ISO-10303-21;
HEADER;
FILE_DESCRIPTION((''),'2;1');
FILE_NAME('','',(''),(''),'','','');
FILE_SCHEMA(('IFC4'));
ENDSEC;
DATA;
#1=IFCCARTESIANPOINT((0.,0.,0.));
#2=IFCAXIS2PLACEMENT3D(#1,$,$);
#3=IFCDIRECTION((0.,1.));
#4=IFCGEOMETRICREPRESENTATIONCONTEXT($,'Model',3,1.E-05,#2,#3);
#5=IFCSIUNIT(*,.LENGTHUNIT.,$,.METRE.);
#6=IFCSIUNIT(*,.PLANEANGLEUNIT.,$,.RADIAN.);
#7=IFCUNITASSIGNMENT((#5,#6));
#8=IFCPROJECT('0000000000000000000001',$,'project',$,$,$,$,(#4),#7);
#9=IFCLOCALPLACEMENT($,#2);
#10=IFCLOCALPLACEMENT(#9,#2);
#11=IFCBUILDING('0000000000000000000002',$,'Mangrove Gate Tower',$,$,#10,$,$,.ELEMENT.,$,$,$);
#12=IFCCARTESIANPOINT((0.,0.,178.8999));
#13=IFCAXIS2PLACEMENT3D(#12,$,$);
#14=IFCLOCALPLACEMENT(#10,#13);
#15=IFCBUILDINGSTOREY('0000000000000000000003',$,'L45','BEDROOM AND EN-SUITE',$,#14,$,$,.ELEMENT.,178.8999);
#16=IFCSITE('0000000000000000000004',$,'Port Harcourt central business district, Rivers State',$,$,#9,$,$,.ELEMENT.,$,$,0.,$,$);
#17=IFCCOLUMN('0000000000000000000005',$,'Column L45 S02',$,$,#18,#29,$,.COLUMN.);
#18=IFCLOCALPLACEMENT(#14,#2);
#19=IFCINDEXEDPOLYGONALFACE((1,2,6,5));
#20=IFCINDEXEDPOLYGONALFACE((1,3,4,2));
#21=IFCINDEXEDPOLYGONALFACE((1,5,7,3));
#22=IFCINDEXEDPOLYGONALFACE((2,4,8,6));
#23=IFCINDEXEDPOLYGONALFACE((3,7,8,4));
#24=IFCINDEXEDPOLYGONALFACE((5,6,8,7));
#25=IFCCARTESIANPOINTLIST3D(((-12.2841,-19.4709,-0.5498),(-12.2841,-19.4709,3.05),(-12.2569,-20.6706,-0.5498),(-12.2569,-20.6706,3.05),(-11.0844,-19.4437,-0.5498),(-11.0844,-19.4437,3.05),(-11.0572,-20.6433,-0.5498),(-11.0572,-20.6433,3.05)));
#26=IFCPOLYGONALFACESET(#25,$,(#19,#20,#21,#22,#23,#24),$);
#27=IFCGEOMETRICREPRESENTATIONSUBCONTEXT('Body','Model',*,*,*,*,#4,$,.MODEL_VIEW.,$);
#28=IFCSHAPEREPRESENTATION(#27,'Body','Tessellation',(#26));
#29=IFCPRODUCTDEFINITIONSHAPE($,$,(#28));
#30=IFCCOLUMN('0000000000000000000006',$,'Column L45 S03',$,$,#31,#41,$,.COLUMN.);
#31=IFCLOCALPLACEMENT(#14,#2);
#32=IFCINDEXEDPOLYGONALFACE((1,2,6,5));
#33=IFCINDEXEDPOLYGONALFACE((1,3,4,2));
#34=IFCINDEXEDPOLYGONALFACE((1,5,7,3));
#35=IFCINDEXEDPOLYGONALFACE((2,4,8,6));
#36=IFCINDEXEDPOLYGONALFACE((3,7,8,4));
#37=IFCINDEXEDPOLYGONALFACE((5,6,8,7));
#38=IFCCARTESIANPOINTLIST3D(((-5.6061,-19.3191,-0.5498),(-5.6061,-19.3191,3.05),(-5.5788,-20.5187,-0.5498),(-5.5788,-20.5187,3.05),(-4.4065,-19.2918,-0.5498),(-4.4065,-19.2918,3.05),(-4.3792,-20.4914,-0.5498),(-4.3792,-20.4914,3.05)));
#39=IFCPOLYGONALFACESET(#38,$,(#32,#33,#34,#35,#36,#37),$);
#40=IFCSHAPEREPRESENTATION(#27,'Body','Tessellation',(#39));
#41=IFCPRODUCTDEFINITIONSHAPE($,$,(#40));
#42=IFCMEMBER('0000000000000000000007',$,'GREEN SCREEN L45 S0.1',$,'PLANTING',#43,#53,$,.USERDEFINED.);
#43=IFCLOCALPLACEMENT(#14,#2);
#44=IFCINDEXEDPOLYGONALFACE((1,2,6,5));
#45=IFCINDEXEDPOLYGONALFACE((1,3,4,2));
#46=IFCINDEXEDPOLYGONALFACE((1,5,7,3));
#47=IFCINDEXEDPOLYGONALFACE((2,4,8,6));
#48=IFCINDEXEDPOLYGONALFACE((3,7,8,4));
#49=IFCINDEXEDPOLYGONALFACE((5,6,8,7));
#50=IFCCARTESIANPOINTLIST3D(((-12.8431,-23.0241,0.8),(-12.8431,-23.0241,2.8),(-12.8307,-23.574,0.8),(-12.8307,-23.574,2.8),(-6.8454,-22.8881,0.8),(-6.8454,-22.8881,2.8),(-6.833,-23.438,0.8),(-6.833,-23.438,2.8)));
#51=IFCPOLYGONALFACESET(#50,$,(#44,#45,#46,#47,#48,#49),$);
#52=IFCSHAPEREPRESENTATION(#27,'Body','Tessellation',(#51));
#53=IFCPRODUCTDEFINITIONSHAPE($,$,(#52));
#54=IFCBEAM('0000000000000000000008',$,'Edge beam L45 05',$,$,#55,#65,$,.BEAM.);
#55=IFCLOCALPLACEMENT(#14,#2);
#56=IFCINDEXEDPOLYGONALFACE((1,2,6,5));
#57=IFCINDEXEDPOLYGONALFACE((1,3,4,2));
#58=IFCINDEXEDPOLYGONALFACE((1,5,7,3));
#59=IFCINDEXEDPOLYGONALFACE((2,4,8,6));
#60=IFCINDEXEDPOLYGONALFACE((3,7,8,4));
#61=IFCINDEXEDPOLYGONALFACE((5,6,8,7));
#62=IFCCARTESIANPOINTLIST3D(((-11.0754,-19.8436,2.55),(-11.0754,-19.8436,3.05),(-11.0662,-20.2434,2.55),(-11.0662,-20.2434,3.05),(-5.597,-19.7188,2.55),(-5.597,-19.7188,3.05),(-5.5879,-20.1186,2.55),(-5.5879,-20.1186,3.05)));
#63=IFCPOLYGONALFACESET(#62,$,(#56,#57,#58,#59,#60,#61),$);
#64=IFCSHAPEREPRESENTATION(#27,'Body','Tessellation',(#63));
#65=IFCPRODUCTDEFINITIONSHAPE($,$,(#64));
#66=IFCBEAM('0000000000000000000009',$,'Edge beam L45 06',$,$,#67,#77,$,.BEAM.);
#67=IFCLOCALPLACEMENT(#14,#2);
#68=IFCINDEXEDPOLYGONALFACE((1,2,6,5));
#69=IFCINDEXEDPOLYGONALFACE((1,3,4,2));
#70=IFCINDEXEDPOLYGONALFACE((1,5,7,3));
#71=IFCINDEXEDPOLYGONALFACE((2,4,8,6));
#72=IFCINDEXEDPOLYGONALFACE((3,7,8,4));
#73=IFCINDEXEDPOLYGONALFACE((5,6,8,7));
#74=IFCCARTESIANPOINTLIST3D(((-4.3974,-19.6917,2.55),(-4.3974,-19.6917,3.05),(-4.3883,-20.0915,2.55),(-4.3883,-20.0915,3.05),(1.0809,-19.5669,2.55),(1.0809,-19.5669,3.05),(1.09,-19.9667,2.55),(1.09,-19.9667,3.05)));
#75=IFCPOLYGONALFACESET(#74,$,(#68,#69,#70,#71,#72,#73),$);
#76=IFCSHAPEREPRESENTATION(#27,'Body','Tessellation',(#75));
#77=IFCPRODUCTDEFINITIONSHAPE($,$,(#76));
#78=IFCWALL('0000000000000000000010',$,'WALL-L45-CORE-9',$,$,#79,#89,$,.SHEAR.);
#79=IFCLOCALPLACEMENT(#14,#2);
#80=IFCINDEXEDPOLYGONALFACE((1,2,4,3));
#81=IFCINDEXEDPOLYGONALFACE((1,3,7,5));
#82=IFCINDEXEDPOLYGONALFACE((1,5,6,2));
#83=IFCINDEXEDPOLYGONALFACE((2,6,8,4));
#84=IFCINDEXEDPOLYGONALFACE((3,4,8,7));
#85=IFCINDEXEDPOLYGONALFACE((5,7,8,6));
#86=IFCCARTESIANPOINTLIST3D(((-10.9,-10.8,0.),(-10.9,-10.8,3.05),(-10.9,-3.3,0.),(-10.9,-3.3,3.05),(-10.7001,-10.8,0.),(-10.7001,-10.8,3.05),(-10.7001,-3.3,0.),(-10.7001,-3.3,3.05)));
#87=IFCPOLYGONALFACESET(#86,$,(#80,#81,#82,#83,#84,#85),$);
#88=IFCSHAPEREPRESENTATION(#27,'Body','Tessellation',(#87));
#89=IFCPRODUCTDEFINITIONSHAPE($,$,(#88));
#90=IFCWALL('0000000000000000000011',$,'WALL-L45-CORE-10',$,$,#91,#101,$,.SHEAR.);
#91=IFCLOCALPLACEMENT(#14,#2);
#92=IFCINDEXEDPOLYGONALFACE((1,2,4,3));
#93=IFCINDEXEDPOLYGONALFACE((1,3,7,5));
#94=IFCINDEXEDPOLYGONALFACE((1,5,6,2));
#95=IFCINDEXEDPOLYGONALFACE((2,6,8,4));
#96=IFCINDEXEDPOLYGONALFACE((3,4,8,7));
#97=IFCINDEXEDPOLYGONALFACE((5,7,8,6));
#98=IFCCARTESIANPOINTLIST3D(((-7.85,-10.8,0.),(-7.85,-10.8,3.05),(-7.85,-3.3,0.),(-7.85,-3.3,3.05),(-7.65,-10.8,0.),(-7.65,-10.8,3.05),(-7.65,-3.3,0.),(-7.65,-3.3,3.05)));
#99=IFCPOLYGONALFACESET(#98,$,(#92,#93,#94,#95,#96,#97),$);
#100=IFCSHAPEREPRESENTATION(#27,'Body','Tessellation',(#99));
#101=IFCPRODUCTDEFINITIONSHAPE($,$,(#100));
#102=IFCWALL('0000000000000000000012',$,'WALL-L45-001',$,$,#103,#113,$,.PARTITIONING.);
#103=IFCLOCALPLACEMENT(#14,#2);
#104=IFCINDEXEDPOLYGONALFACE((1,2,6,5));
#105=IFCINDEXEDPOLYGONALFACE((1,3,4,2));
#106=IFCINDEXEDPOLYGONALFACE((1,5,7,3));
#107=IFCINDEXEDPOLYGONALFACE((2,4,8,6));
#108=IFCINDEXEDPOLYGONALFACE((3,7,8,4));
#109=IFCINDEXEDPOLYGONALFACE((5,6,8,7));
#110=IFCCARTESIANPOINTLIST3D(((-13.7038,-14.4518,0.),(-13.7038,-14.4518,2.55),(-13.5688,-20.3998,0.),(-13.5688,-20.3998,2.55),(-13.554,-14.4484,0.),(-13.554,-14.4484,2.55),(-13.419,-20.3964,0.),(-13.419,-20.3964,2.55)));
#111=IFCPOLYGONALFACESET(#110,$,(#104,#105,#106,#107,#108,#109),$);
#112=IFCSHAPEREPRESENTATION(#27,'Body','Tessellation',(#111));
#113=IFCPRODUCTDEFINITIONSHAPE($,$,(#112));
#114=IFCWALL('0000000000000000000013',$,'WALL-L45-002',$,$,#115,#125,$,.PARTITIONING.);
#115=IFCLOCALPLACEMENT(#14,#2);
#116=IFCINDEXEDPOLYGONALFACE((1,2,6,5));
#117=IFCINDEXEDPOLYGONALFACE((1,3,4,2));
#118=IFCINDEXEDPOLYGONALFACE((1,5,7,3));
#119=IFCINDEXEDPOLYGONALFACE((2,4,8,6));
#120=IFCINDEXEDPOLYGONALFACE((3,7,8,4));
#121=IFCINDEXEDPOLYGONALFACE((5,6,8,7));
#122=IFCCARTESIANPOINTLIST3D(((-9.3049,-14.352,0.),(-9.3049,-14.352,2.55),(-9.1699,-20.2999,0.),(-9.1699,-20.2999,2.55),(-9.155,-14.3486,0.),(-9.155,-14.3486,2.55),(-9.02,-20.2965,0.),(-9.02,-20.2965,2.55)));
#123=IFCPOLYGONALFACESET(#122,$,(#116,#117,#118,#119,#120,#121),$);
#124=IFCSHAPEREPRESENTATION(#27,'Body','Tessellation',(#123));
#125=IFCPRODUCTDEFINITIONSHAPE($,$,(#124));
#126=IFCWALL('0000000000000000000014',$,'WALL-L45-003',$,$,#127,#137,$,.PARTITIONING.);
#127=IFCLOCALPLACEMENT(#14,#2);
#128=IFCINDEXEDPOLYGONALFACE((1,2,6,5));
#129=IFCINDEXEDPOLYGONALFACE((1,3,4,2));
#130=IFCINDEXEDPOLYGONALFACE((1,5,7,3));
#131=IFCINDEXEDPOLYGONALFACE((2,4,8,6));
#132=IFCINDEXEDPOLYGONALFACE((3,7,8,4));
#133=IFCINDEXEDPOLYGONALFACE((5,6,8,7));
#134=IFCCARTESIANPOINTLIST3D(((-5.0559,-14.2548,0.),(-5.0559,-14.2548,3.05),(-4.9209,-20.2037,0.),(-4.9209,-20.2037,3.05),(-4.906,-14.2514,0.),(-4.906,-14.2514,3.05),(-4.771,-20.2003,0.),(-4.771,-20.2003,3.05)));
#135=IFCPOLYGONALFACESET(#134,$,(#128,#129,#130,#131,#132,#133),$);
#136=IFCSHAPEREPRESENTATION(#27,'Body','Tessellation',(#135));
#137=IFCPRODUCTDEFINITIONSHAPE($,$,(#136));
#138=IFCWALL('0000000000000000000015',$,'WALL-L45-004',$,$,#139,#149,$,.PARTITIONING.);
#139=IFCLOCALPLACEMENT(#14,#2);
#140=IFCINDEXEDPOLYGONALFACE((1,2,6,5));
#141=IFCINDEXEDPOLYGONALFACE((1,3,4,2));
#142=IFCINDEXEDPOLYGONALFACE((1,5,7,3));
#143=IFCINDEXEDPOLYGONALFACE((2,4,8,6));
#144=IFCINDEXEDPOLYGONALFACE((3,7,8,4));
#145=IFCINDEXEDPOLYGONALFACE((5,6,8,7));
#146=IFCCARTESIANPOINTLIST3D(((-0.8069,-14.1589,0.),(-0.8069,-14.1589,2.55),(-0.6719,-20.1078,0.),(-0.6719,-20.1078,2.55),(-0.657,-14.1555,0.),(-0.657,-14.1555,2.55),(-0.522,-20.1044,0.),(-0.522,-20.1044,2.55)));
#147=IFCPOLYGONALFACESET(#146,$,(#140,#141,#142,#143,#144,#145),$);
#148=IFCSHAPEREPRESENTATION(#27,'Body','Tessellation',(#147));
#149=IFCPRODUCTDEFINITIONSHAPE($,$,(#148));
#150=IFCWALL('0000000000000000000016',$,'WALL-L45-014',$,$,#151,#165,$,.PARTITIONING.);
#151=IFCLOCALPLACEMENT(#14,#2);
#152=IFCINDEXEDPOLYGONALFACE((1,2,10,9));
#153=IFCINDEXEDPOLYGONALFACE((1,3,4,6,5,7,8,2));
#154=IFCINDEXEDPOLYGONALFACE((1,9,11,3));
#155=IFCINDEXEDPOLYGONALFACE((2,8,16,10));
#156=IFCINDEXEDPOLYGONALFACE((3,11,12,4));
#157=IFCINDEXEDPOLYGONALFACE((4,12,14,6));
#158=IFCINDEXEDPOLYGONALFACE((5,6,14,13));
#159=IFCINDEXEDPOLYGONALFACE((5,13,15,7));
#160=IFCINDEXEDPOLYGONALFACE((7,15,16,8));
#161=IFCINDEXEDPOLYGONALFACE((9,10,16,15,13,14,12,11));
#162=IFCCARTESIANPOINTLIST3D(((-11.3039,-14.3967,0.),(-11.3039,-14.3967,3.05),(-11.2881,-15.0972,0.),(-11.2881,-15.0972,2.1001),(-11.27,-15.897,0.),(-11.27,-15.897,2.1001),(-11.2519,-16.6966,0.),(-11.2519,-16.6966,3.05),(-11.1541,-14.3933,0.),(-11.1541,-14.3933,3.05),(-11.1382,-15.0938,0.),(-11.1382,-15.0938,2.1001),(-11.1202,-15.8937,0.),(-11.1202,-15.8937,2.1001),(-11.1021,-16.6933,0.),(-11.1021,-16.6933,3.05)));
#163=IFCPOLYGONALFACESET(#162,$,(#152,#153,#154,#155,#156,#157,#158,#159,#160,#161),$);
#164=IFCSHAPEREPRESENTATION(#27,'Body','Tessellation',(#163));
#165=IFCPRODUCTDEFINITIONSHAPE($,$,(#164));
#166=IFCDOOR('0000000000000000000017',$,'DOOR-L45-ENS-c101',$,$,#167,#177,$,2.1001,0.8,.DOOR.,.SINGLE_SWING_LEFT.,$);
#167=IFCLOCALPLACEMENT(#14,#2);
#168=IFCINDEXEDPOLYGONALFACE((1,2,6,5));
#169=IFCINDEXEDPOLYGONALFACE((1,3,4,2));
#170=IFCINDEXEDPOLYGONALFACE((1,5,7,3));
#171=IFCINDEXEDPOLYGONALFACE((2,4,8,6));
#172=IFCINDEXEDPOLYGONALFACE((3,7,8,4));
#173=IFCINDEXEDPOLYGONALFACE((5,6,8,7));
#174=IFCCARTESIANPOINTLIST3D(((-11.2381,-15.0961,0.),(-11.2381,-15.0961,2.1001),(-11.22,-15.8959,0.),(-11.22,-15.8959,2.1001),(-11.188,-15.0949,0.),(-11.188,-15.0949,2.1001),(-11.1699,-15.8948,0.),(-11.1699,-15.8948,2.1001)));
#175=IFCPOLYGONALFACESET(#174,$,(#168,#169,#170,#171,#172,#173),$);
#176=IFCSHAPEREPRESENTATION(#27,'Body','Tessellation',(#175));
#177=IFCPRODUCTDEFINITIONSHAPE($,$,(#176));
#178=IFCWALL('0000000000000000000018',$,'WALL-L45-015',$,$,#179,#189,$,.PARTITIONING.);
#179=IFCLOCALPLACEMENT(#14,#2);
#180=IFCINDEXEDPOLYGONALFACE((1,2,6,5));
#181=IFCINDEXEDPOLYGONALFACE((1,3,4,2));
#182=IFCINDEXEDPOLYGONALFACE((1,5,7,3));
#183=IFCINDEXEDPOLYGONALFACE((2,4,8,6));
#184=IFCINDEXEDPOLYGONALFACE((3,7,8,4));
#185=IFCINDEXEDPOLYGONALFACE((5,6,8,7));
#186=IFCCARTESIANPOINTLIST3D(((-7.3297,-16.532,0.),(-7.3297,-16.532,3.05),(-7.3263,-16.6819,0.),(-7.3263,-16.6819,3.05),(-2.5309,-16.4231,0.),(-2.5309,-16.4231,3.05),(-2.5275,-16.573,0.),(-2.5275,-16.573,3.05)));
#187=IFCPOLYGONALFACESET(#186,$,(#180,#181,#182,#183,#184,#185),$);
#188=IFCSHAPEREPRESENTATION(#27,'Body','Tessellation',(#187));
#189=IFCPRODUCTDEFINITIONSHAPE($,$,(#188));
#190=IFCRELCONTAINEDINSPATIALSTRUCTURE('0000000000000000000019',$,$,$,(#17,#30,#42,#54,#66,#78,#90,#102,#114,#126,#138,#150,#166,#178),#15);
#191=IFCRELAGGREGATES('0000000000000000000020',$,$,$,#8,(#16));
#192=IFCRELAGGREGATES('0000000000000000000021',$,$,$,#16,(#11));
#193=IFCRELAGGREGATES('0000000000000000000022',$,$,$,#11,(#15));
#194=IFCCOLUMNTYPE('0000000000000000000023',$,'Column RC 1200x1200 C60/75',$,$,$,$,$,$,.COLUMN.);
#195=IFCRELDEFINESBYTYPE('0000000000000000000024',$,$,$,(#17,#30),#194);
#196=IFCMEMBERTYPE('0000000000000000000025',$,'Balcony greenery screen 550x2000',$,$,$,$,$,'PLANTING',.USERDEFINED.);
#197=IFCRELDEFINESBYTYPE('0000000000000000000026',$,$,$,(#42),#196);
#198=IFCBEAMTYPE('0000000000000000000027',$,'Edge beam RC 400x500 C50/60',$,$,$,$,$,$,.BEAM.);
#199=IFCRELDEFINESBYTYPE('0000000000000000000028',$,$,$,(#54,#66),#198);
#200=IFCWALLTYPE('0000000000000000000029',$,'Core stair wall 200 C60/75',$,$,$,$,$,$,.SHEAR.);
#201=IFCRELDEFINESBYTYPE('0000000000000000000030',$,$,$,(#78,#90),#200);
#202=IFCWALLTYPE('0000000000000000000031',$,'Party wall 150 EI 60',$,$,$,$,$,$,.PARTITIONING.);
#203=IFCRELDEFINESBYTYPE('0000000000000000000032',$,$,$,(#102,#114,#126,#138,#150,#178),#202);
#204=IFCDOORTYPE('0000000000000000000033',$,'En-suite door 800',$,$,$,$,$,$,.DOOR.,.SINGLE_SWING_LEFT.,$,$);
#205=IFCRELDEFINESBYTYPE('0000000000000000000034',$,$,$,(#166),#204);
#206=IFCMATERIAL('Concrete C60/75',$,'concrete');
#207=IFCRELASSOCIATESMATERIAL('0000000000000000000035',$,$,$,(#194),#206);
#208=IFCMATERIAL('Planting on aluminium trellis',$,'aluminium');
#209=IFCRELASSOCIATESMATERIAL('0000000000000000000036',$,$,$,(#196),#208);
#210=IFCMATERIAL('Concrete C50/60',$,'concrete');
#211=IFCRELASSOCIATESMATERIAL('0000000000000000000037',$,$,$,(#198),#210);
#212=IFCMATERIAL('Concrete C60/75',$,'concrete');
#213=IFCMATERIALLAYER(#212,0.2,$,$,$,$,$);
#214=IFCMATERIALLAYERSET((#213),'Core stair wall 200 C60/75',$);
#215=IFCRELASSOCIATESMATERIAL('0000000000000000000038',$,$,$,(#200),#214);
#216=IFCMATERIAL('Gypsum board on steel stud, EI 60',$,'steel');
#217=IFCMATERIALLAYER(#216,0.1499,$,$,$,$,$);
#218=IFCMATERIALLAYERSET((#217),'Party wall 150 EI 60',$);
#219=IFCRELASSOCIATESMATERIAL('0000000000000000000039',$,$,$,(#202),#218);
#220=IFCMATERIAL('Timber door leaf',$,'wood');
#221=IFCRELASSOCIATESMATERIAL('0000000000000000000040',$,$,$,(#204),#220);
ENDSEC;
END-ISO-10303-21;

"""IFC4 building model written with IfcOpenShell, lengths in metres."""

from ifc_helpers import new_model, si_unit, direction, frame, frame_2d, origin, origin_2d, place, context, subcontext, project, spatial, rectangle, extrude, material, layer, layer_set, material_profile, profile_set, type_object, element, fill, save


model = new_model("IFC4")

# Units and contexts
model_context = context("Model", 3, precision=1e-05, world=origin(), true_north=direction((0.0, 1.0)))
body_context = subcontext(model_context, "Body", "Model", "MODEL_VIEW")
ifc_project = project(units=[si_unit("LENGTHUNIT", "METRE"), si_unit("PLANEANGLEUNIT", "RADIAN")], contexts=[model_context])

# Site, building, storey
site_placement = place(None, origin())
site = spatial("IfcSite", under=ifc_project, at=site_placement, Name="Port Harcourt central business district, Rivers State", CompositionType="ELEMENT", RefElevation=0.0)
building_placement = place(site_placement, origin())
building = spatial("IfcBuilding", under=site, at=building_placement, Name="Mangrove Gate Tower", CompositionType="ELEMENT")
storey_placement = place(building_placement, frame((0.0, 0.0, 178.8999)))
storey = spatial("IfcBuildingStorey", under=building, at=storey_placement, Name="L45", Description="BEDROOM AND EN-SUITE", CompositionType="ELEMENT", Elevation=178.8999)

# Columns
ifc_material_1 = material(Name="Concrete C60/75", Category="concrete")
ifc_material_profile_1 = material_profile(ifc_material_1, rectangle(XDim=1.2, YDim=1.2, at=origin_2d()))
ifc_profile_set_1 = profile_set([ifc_material_profile_1], Name="Concrete C60/75")
column_type = type_object("IfcColumnType", Name="Column RC 1200x1200 C60/75", PredefinedType="COLUMN", material=ifc_profile_set_1)
for number, where, z_axis, x_axis, name in (
    (1, (-11.6707, -20.0571, -0.5498), (0.0, 0.0, 1.0), (0.999743, 0.022679, 0.0), "Column L45 S02"),
    (2, (-4.9927, -19.9053, -0.5498), (0.0, 0.0, 1.0), (0.999741, 0.022755, 0.0), "Column L45 S03"),
):
    element("IfcColumn", number, at=place(storey_placement, frame(where, z_axis=z_axis, x_axis=x_axis)), inside=storey, type_object=column_type, Name=name, PredefinedType="COLUMN", context=body_context, shape_type="SweptSolid", body=[
        extrude(rectangle(XDim=1.2, YDim=1.2, at=origin_2d()), origin(), (0.0, 0.0, 1.0), 3.5999),
    ])

# Member
ifc_material_2 = material(Name="Planting on aluminium trellis", Category="aluminium")
ifc_material_profile_2 = material_profile(ifc_material_2, rectangle(XDim=0.55, YDim=2.0, at=origin_2d()))
ifc_profile_set_2 = profile_set([ifc_material_profile_2], Name="Planting on aluminium trellis")
member_type = type_object("IfcMemberType", Name="Balcony greenery screen 550x2000", ElementType="PLANTING", PredefinedType="USERDEFINED", material=ifc_profile_set_2)
member_placement = place(storey_placement, frame((-12.8369, -23.2991, 1.8), z_axis=(0.999743, 0.022667, 0.0), x_axis=(-0.022667, 0.999743, 0.0)))
element("IfcMember", 3, at=member_placement, inside=storey, type_object=member_type, Name="GREEN SCREEN L45 S0.1", ObjectType="PLANTING", PredefinedType="USERDEFINED", context=body_context, shape_type="SweptSolid", body=[
    extrude(rectangle(XDim=0.55, YDim=2.0, at=origin_2d()), origin(), (0.0, 0.0, 1.0), 5.9993),
])

# Beams
ifc_material_3 = material(Name="Concrete C50/60", Category="concrete")
ifc_material_profile_3 = material_profile(ifc_material_3, rectangle(XDim=0.3999, YDim=0.5, at=origin_2d()))
ifc_profile_set_3 = profile_set([ifc_material_profile_3], Name="Concrete C50/60")
beam_type = type_object("IfcBeamType", Name="Edge beam RC 400x500 C50/60", PredefinedType="BEAM", material=ifc_profile_set_3)
for number, where, z_axis, x_axis, name in (
    (4, (-11.0708, -20.0435, 2.8), (0.999741, 0.022767, 0.0), (-0.022767, 0.999741, 0.0), "Edge beam L45 05"),
    (5, (-4.3928, -19.8916, 2.8), (0.999741, 0.022767, 0.0), (-0.022767, 0.999741, 0.0), "Edge beam L45 06"),
):
    element("IfcBeam", number, at=place(storey_placement, frame(where, z_axis=z_axis, x_axis=x_axis)), inside=storey, type_object=beam_type, Name=name, PredefinedType="BEAM", context=body_context, shape_type="SweptSolid", body=[
        extrude(rectangle(XDim=0.3999, YDim=0.5, at=origin_2d()), origin(), (0.0, 0.0, 1.0), 5.4797),
    ])

# Walls
ifc_material_4 = material(Name="Concrete C60/75", Category="concrete")
ifc_layer_1 = layer(ifc_material_4, 0.2)
ifc_layer_set_1 = layer_set([ifc_layer_1], Name="Core stair wall 200 C60/75")
wall_type_1 = type_object("IfcWallType", Name="Core stair wall 200 C60/75", PredefinedType="SHEAR", material=ifc_layer_set_1)
for number, where, z_axis, x_axis, name in (
    (6, (-10.8, -10.8, 0.0), (0.0, 0.0, 1.0), (0.0, 1.0, 0.0), "WALL-L45-CORE-9"),
    (7, (-7.75, -10.8, 0.0), (0.0, 0.0, 1.0), (0.0, 1.0, 0.0), "WALL-L45-CORE-10"),
):
    element("IfcWall", number, at=place(storey_placement, frame(where, z_axis=z_axis, x_axis=x_axis)), inside=storey, type_object=wall_type_1, Name=name, PredefinedType="SHEAR", context=body_context, shape_type="SweptSolid", body=[
        extrude(rectangle(XDim=7.5, YDim=0.2, at=frame_2d((3.75, 0.0))), origin(), (0.0, 0.0, 1.0), 3.05),
    ])
ifc_material_5 = material(Name="Gypsum board on steel stud, EI 60", Category="steel")
ifc_layer_2 = layer(ifc_material_5, 0.1499)
ifc_layer_set_2 = layer_set([ifc_layer_2], Name="Party wall 150 EI 60")
wall_type_2 = type_object("IfcWallType", Name="Party wall 150 EI 60", PredefinedType="PARTITIONING", material=ifc_layer_set_2)
for number, where, z_axis, x_axis, name in (
    (8, (-13.4939, -20.3979, 0.0), (0.0, 0.0, 1.0), (-0.022693, 0.999742, 0.0), "WALL-L45-001"),
    (9, (-9.095, -20.2981, 0.0), (0.0, 0.0, 1.0), (-0.022693, 0.999742, 0.0), "WALL-L45-002"),
):
    element("IfcWall", number, at=place(storey_placement, frame(where, z_axis=z_axis, x_axis=x_axis)), inside=storey, type_object=wall_type_2, Name=name, PredefinedType="PARTITIONING", context=body_context, shape_type="SweptSolid", body=[
        extrude(rectangle(XDim=5.9495, YDim=0.1499, at=frame_2d((2.9746, 0.0))), origin(), (0.0, 0.0, 1.0), 2.55),
    ])
wall_1_placement = place(storey_placement, frame((-4.8459, -20.2019, 0.0), z_axis=(0.0, 0.0, 1.0), x_axis=(-0.022689, 0.999743, 0.0)))
element("IfcWall", 10, at=wall_1_placement, inside=storey, type_object=wall_type_2, Name="WALL-L45-003", PredefinedType="PARTITIONING", context=body_context, shape_type="SweptSolid", body=[
    extrude(rectangle(XDim=5.9504, YDim=0.1499, at=frame_2d((2.9751, 0.0))), origin(), (0.0, 0.0, 1.0), 3.05),
])
wall_2_placement = place(storey_placement, frame((-0.5969, -20.106, 0.0), z_axis=(0.0, 0.0, 1.0), x_axis=(-0.022689, 0.999743, 0.0)))
element("IfcWall", 11, at=wall_2_placement, inside=storey, type_object=wall_type_2, Name="WALL-L45-004", PredefinedType="PARTITIONING", context=body_context, shape_type="SweptSolid", body=[
    extrude(rectangle(XDim=5.9504, YDim=0.1499, at=frame_2d((2.9751, 0.0))), origin(), (0.0, 0.0, 1.0), 2.55),
])

# Wall, opening, door
wall_3_placement = place(storey_placement, frame((-11.177, -16.6951, 0.0), z_axis=(0.0, 0.0, 1.0), x_axis=(-0.022603, 0.999745, 0.0)))
wall_3 = element("IfcWall", 12, at=wall_3_placement, inside=storey, type_object=wall_type_2, Name="WALL-L45-014", PredefinedType="PARTITIONING", context=body_context, shape_type="SweptSolid", body=[
    extrude(rectangle(XDim=2.3005, YDim=0.1499, at=frame_2d((1.1504, 0.0))), origin(), (0.0, 0.0, 1.0), 3.05),
])
opening_1_placement = place(wall_3_placement, frame((0.8, 0.0, 0.0)))
opening_1 = element("IfcOpeningElement", 13, at=opening_1_placement, cuts=wall_3, PredefinedType="OPENING", context=body_context, shape_type="SweptSolid", body=[
    extrude(rectangle(XDim=0.8, YDim=2.1001, at=frame_2d((0.3999, 1.05))), frame((0.0, 0.085, 0.0), z_axis=(0.0, -1.0, 0.0), x_axis=(1.0, 0.0, 0.0)), (0.0, 0.0, 1.0), 0.1699),
])
ifc_material_6 = material(Name="Timber door leaf", Category="wood")
door_type = type_object("IfcDoorType", Name="En-suite door 800", OperationType="SINGLE_SWING_LEFT", PredefinedType="DOOR", material=ifc_material_6)
door_1_placement = place(opening_1_placement, origin())
door_1 = element("IfcDoor", 14, at=door_1_placement, inside=storey, type_object=door_type, Name="DOOR-L45-ENS-c101", OperationType="SINGLE_SWING_LEFT", OverallHeight=2.1001, OverallWidth=0.8, PredefinedType="DOOR", context=body_context, shape_type="SweptSolid", body=[
    extrude(rectangle(XDim=0.8, YDim=2.1001, at=frame_2d((0.3999, 1.05))), frame((0.0, 0.0249, 0.0), z_axis=(0.0, -1.0, 0.0), x_axis=(1.0, 0.0, 0.0)), (0.0, 0.0, 1.0), 0.05),
])
fill(opening_1, door_1)

# Wall
wall_4_placement = place(storey_placement, frame((-7.3279, -16.6069, 0.0), z_axis=(0.0, 0.0, 1.0), x_axis=(0.999743, 0.022684, 0.0)))
element("IfcWall", 15, at=wall_4_placement, inside=storey, type_object=wall_type_2, Name="WALL-L45-015", PredefinedType="PARTITIONING", context=body_context, shape_type="SweptSolid", body=[
    extrude(rectangle(XDim=4.8, YDim=0.1499, at=frame_2d((2.3999, 0.0))), origin(), (0.0, 0.0, 1.0), 3.05),
])

save(model, "model.ifc")
